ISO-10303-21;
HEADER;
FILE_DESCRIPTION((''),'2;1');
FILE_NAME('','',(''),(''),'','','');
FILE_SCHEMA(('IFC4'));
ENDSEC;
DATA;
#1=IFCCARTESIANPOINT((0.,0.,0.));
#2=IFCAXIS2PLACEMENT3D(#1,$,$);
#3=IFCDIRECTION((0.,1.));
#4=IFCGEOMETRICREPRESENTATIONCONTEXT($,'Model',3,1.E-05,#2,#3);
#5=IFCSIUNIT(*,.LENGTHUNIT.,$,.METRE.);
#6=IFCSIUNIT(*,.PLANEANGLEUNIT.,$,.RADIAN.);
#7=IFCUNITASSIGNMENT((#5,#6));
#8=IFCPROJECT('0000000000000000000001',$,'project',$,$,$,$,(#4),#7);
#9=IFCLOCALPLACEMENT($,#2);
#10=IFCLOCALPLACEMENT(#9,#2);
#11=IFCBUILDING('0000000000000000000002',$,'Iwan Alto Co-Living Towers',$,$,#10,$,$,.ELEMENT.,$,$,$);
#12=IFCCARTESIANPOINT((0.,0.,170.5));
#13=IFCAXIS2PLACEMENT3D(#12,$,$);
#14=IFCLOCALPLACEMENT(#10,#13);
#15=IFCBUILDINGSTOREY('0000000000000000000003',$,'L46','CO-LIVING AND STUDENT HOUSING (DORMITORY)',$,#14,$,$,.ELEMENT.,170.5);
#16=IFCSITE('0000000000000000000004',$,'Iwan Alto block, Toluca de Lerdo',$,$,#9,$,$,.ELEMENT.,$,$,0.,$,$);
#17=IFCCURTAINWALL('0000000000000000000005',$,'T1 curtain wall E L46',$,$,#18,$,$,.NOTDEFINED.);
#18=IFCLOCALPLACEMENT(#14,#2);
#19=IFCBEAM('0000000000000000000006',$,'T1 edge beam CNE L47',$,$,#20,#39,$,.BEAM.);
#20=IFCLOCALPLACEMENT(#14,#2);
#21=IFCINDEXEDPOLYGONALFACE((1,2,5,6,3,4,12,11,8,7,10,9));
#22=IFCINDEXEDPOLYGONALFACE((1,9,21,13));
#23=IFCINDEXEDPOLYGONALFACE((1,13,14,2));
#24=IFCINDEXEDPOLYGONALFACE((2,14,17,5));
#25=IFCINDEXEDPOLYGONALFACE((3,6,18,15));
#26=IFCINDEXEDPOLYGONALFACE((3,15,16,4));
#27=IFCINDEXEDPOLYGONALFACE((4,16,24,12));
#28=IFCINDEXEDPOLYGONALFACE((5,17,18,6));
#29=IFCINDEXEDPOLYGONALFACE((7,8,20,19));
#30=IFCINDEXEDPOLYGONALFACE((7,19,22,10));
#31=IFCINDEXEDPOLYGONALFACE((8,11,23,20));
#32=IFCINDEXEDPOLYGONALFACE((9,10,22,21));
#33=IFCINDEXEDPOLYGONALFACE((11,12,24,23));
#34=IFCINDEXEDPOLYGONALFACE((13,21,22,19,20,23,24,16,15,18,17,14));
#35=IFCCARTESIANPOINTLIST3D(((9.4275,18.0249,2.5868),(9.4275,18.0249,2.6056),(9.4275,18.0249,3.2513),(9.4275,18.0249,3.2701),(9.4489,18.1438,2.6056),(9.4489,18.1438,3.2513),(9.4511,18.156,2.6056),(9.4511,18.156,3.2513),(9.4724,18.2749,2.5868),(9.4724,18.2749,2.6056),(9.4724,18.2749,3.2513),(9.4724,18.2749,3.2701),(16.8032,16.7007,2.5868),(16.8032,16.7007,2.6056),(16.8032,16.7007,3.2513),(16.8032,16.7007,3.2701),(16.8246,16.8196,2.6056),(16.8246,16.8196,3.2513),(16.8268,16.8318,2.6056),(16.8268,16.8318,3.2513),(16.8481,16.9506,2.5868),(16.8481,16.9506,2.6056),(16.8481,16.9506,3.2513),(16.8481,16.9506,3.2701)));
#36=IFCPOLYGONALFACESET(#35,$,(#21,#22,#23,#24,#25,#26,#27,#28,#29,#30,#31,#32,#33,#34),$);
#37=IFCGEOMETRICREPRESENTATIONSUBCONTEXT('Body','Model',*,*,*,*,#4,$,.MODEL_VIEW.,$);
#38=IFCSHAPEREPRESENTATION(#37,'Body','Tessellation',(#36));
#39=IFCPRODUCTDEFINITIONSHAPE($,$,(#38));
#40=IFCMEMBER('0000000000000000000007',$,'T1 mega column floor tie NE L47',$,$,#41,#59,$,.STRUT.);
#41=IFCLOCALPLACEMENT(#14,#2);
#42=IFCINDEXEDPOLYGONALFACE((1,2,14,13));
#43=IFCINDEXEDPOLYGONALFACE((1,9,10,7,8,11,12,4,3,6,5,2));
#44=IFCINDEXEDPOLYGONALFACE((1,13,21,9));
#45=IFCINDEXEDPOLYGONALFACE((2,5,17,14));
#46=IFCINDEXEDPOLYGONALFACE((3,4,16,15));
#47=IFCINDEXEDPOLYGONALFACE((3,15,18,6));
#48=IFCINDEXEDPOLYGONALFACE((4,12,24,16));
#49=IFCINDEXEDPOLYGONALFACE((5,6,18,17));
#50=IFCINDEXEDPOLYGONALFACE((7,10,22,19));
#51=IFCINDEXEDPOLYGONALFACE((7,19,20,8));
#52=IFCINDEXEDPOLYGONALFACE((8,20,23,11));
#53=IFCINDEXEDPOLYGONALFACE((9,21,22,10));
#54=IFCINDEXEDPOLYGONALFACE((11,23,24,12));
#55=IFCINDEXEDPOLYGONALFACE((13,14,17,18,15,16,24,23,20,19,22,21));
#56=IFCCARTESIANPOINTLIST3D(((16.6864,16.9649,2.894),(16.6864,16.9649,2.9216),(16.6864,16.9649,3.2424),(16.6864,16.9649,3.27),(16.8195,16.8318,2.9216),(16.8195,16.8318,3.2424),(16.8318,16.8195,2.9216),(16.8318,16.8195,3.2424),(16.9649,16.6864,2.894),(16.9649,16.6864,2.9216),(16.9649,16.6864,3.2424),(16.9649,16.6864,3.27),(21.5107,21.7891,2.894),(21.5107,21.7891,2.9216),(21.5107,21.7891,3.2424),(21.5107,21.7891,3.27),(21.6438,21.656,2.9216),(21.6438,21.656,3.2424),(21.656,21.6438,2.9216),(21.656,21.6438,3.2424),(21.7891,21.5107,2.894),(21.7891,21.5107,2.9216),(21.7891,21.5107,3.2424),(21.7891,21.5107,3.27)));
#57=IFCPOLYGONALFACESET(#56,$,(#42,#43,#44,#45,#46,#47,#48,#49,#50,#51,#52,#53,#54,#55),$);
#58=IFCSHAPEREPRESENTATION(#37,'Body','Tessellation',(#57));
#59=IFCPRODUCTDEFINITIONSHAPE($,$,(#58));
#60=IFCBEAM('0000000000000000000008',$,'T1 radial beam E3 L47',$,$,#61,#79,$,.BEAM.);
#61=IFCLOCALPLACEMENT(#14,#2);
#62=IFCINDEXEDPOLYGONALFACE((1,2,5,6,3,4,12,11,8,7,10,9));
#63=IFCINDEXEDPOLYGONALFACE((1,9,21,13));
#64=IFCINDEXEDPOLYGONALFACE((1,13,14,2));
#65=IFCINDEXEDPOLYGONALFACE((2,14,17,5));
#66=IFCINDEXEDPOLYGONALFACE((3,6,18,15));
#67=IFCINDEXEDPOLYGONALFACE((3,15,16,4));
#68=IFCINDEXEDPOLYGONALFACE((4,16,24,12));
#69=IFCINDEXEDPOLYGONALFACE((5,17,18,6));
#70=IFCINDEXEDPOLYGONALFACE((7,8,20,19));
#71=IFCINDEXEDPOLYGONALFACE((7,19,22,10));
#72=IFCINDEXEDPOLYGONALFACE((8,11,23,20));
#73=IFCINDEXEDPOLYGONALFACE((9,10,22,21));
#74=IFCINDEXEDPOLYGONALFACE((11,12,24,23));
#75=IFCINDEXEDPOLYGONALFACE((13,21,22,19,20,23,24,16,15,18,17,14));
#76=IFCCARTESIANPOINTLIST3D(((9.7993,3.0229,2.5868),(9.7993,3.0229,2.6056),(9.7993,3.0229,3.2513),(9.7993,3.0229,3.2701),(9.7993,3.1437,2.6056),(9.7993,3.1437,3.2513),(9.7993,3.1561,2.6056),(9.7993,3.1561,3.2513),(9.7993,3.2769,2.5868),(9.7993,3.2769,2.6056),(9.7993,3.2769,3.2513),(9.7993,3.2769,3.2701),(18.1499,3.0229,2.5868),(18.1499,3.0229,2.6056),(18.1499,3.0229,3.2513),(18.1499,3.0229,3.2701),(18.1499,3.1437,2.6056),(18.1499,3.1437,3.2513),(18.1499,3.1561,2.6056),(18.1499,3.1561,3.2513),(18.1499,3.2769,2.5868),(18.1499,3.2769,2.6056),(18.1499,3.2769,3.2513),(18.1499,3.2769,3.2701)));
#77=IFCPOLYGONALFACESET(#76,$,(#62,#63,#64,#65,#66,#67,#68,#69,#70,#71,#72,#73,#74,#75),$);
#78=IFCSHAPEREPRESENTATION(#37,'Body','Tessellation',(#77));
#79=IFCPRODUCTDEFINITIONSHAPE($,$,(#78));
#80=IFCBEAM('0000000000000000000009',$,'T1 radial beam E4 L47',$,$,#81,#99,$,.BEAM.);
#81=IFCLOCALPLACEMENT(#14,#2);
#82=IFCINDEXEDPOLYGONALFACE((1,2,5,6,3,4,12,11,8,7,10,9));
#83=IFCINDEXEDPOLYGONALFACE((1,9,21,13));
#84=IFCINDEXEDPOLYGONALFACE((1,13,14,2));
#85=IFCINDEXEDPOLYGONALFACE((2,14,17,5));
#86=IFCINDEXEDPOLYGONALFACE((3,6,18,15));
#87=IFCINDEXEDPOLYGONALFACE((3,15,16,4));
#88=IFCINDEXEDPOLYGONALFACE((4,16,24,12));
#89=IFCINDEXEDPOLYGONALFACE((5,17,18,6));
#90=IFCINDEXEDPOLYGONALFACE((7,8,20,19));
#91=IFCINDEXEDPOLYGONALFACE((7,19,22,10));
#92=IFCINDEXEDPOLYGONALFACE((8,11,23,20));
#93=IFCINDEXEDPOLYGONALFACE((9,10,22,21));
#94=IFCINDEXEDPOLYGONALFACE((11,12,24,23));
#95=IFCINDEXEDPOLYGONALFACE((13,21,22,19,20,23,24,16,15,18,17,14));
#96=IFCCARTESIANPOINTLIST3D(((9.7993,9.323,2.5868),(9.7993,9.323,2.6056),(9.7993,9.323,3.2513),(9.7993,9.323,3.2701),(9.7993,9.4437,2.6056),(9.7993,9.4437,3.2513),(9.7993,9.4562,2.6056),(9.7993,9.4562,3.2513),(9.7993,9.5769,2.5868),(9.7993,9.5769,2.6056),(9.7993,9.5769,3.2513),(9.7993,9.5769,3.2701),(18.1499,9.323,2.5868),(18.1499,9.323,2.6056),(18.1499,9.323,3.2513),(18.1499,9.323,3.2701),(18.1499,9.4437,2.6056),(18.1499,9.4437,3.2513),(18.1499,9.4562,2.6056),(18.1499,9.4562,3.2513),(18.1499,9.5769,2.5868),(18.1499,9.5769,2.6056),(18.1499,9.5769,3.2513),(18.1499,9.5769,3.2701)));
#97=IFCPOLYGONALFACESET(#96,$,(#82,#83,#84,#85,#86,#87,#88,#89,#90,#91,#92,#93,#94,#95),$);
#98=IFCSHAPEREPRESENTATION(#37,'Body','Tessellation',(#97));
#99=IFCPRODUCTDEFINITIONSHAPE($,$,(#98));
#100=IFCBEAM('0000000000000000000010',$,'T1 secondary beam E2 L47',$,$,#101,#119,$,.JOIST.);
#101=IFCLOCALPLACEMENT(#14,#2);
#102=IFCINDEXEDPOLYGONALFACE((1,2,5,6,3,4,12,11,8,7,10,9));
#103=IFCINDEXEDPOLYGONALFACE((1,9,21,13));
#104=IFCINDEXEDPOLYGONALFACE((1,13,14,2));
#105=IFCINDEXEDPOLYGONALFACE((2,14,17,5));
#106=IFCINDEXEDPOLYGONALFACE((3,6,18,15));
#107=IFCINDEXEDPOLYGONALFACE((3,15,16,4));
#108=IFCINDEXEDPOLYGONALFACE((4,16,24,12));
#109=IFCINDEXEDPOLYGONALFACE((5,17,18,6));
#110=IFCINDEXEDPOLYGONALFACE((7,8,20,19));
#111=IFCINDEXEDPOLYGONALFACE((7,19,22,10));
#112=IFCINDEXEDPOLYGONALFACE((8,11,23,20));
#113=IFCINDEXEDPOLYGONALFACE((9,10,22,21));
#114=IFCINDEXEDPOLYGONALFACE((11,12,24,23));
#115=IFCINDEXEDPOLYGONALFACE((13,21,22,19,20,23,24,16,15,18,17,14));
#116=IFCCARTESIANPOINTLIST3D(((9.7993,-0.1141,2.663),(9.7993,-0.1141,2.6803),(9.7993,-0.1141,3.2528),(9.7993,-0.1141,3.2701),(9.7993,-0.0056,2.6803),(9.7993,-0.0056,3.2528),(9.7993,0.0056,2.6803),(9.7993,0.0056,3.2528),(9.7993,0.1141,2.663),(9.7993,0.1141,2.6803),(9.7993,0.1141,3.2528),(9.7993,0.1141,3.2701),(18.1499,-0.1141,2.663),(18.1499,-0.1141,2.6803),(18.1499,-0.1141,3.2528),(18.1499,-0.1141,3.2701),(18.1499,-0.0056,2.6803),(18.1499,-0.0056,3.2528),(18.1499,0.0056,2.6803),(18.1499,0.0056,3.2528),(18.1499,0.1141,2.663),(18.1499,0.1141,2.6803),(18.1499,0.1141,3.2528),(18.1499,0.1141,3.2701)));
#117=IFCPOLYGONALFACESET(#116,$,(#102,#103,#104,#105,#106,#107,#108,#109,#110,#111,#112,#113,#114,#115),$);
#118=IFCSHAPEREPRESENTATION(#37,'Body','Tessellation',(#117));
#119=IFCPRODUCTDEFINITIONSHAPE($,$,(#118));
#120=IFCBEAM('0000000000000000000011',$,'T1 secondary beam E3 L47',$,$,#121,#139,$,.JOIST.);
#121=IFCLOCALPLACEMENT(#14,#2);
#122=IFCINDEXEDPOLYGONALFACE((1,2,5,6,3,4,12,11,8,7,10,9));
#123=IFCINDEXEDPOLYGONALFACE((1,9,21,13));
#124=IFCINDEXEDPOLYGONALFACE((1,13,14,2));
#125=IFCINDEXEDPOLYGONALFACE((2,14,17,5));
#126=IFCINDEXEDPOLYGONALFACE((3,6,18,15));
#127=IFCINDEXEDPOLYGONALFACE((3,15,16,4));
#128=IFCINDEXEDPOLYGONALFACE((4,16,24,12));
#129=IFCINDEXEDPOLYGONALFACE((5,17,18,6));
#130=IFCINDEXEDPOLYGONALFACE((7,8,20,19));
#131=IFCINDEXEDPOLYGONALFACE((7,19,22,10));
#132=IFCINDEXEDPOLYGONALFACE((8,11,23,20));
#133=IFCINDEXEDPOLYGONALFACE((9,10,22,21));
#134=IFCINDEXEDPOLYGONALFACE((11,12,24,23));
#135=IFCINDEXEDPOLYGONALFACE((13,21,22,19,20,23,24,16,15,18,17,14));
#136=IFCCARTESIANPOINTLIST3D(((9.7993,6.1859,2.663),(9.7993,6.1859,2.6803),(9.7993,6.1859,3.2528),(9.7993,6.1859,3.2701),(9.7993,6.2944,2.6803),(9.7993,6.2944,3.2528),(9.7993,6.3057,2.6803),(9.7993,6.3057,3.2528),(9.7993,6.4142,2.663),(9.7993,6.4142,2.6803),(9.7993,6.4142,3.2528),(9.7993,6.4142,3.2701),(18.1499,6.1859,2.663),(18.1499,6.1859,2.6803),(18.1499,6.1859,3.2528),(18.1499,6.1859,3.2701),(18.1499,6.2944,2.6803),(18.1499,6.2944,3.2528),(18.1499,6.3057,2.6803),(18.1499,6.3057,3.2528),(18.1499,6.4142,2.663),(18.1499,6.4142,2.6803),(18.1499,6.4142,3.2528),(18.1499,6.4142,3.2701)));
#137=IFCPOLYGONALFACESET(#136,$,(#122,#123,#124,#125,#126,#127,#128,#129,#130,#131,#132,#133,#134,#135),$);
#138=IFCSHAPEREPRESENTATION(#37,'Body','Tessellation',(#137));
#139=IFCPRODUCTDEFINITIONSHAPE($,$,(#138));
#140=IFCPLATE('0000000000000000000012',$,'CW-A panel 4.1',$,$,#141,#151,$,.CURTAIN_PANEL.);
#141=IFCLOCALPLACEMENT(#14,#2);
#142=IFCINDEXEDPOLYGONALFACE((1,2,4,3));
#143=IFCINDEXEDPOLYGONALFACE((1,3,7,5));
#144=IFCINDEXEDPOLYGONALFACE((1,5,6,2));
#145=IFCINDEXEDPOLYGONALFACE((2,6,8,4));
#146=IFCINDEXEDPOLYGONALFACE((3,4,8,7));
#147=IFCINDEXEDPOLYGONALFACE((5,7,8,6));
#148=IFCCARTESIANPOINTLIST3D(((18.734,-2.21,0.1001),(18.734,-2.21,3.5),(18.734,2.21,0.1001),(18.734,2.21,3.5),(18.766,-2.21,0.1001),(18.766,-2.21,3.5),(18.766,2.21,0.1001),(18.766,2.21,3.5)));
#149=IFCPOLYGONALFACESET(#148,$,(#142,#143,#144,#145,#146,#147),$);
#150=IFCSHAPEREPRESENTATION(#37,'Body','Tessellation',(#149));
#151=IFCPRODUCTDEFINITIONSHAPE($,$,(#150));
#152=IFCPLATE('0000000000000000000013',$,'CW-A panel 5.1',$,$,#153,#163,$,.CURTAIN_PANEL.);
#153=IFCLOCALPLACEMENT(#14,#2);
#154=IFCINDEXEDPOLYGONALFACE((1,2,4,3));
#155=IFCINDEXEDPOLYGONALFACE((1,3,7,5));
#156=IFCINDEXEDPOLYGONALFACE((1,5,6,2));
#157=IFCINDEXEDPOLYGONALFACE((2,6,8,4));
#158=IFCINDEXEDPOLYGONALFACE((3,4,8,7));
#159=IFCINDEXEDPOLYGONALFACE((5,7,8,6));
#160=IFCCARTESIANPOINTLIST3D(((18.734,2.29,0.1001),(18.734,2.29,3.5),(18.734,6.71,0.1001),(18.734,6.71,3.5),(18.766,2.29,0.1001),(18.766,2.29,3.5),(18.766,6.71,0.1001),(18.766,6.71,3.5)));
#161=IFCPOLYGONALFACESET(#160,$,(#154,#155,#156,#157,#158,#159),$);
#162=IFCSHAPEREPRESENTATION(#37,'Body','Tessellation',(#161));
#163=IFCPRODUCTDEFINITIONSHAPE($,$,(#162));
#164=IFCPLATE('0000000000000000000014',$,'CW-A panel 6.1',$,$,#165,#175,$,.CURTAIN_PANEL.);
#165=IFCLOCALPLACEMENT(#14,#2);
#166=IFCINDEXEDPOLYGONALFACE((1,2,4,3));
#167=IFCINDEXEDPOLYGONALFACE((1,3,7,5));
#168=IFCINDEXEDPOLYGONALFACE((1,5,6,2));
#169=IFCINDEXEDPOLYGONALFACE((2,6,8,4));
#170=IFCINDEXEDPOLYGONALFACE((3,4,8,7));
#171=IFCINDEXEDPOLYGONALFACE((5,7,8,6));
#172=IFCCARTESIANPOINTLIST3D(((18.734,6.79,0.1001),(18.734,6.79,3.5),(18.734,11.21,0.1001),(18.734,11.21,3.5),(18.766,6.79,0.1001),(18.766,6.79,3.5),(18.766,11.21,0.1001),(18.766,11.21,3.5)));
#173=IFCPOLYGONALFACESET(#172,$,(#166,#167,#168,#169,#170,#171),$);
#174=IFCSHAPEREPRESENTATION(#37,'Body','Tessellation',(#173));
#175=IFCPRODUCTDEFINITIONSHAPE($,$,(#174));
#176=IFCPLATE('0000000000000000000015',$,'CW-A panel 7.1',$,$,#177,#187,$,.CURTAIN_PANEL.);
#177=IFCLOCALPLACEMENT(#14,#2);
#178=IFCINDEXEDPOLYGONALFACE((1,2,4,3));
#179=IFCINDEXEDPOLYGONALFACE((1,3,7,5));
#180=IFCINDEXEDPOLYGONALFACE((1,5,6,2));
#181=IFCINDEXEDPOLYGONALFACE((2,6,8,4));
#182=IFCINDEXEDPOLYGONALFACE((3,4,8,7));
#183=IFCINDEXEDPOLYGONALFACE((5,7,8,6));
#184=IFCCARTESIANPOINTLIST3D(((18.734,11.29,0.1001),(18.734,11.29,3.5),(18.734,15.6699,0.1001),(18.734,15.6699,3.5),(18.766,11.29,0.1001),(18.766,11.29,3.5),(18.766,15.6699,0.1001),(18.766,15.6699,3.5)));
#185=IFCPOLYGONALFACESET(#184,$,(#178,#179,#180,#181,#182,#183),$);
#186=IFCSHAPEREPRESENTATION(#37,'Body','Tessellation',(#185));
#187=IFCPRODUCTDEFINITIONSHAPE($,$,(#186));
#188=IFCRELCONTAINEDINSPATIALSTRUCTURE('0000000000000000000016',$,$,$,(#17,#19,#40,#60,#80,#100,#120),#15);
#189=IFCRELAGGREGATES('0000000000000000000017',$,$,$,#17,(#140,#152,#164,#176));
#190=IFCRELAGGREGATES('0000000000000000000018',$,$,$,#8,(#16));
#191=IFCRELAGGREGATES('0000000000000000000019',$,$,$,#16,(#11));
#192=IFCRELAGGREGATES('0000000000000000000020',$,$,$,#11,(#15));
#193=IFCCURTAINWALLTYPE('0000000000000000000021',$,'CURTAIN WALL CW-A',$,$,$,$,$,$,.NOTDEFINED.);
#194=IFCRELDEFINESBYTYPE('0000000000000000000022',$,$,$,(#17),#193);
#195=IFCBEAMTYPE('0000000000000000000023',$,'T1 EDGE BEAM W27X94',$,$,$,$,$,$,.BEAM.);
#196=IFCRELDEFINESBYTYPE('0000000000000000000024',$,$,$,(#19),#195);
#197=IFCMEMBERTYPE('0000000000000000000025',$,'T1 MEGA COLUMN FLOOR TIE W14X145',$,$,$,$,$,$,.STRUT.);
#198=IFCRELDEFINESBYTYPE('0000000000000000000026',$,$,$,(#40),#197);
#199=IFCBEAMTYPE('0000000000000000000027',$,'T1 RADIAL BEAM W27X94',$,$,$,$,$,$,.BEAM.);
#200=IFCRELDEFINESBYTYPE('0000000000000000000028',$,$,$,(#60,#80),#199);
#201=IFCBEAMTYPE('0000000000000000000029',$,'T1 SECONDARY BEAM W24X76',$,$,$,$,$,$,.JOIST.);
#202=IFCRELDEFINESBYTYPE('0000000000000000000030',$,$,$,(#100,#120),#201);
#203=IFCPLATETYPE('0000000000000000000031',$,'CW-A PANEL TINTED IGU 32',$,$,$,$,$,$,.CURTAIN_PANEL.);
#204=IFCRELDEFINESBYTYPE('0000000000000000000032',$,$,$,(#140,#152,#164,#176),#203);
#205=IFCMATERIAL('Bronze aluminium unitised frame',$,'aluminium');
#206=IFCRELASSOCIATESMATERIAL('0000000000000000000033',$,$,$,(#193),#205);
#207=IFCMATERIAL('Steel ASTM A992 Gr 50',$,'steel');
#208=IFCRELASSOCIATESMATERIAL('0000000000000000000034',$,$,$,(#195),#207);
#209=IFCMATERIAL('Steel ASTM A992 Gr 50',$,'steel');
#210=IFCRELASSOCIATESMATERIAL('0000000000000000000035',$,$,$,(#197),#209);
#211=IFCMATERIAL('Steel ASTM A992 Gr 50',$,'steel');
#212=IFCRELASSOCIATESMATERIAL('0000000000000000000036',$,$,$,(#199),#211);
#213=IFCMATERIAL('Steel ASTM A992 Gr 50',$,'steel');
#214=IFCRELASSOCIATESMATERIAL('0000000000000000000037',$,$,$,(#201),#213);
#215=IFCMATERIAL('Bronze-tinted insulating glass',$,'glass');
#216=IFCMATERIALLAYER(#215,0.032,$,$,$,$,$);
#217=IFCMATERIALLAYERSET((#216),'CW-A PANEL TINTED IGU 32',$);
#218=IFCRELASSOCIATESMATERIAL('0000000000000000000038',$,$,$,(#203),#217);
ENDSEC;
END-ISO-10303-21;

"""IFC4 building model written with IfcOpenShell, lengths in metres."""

from ifc_helpers import new_model, si_unit, direction, frame, origin, origin_2d, place, context, subcontext, project, spatial, rectangle, i_section, extrude, material, layer, layer_set, material_profile, profile_set, type_object, element, aggregate, save


model = new_model("IFC4")

# Units and contexts
model_context = context("Model", 3, precision=1e-05, world=origin(), true_north=direction((0.0, 1.0)))
body_context = subcontext(model_context, "Body", "Model", "MODEL_VIEW")
ifc_project = project(units=[si_unit("LENGTHUNIT", "METRE"), si_unit("PLANEANGLEUNIT", "RADIAN")], contexts=[model_context])

# Site, building, storey
site_placement = place(None, origin())
site = spatial("IfcSite", under=ifc_project, at=site_placement, Name="Iwan Alto block, Toluca de Lerdo", CompositionType="ELEMENT", RefElevation=0.0)
building_placement = place(site_placement, origin())
building = spatial("IfcBuilding", under=site, at=building_placement, Name="Iwan Alto Co-Living Towers", CompositionType="ELEMENT")
storey_placement = place(building_placement, frame((0.0, 0.0, 170.5)))
storey = spatial("IfcBuildingStorey", under=building, at=storey_placement, Name="L46", Description="CO-LIVING AND STUDENT HOUSING (DORMITORY)", CompositionType="ELEMENT", Elevation=170.5)

# Curtain wall
ifc_material_1 = material(Name="Bronze aluminium unitised frame", Category="aluminium")
curtain_wall_type_1 = type_object("IfcCurtainWallType", Name="CURTAIN WALL CW-A", PredefinedType="NOTDEFINED", material=ifc_material_1)
curtain_wall_1_placement = place(storey_placement, origin())
curtain_wall_1 = element("IfcCurtainWall", 1, at=curtain_wall_1_placement, inside=storey, type_object=curtain_wall_type_1, Name="T1 curtain wall E L46", PredefinedType="NOTDEFINED")

# Beam
ifc_material_2 = material(Name="Steel ASTM A992 Gr 50", Category="steel")
ifc_material_profile_1 = material_profile(ifc_material_2, i_section(OverallWidth=0.2539, OverallDepth=0.6833, WebThickness=0.0125, FlangeThickness=0.0188, at=origin_2d()), Name="W27X94")
ifc_profile_set_1 = profile_set([ifc_material_profile_1], Name="Steel ASTM A992 Gr 50")
beam_type_1 = type_object("IfcBeamType", Name="T1 EDGE BEAM W27X94", PredefinedType="BEAM", material=ifc_profile_set_1)
for number, where, z_axis, x_axis, name in (
    (2, (16.8257, 16.8257, 2.9285), (-0.984263, 0.176712, 0.0), (-0.176712, -0.984263, 0.0), "T1 edge beam CNE L47"),
):
    element("IfcBeam", number, at=place(storey_placement, frame(where, z_axis=z_axis, x_axis=x_axis)), inside=storey, type_object=beam_type_1, Name=name, PredefinedType="BEAM", context=body_context, shape_type="SweptSolid", body=[
        extrude(i_section(OverallWidth=0.2539, OverallDepth=0.6833, WebThickness=0.0125, FlangeThickness=0.0188, at=origin_2d()), origin(), (0.0, 0.0, 1.0), 7.4937),
    ])

# Member
ifc_material_3 = material(Name="Steel ASTM A992 Gr 50", Category="steel")
ifc_material_profile_2 = material_profile(ifc_material_3, i_section(OverallWidth=0.3938, OverallDepth=0.376, WebThickness=0.0173, FlangeThickness=0.0276, at=origin_2d()), Name="W14X145")
ifc_profile_set_2 = profile_set([ifc_material_profile_2], Name="Steel ASTM A992 Gr 50")
member_type_1 = type_object("IfcMemberType", Name="T1 MEGA COLUMN FLOOR TIE W14X145", PredefinedType="STRUT", material=ifc_profile_set_2)
member_1_placement = place(storey_placement, frame((21.6499, 21.6499, 3.082), z_axis=(-0.707107, -0.707107, 0.0), x_axis=(0.707107, -0.707107, 0.0)))
element("IfcMember", 3, at=member_1_placement, inside=storey, type_object=member_type_1, Name="T1 mega column floor tie NE L47", PredefinedType="STRUT", context=body_context, shape_type="SweptSolid", body=[
    extrude(i_section(OverallWidth=0.3938, OverallDepth=0.376, WebThickness=0.0173, FlangeThickness=0.0276, at=origin_2d()), origin(), (0.0, 0.0, 1.0), 6.8225),
])

# Beams
ifc_material_4 = material(Name="Steel ASTM A992 Gr 50", Category="steel")
ifc_material_profile_3 = material_profile(ifc_material_4, i_section(OverallWidth=0.2539, OverallDepth=0.6833, WebThickness=0.0125, FlangeThickness=0.0188, at=origin_2d()), Name="W27X94")
ifc_profile_set_3 = profile_set([ifc_material_profile_3], Name="Steel ASTM A992 Gr 50")
beam_type_2 = type_object("IfcBeamType", Name="T1 RADIAL BEAM W27X94", PredefinedType="BEAM", material=ifc_profile_set_3)
for number, where, z_axis, x_axis, name in (
    (4, (18.1499, 3.1499, 2.9285), (-1.0, 0.0, 0.0), (0.0, -1.0, 0.0), "T1 radial beam E3 L47"),
    (5, (18.1499, 9.45, 2.9285), (-1.0, 0.0, 0.0), (0.0, -1.0, 0.0), "T1 radial beam E4 L47"),
):
    element("IfcBeam", number, at=place(storey_placement, frame(where, z_axis=z_axis, x_axis=x_axis)), inside=storey, type_object=beam_type_2, Name=name, PredefinedType="BEAM", context=body_context, shape_type="SweptSolid", body=[
        extrude(i_section(OverallWidth=0.2539, OverallDepth=0.6833, WebThickness=0.0125, FlangeThickness=0.0188, at=origin_2d()), origin(), (0.0, 0.0, 1.0), 8.3506),
    ])
ifc_material_5 = material(Name="Steel ASTM A992 Gr 50", Category="steel")
ifc_material_profile_4 = material_profile(ifc_material_5, i_section(OverallWidth=0.2283, OverallDepth=0.6072, WebThickness=0.0112, FlangeThickness=0.0173, at=origin_2d()), Name="W24X76")
ifc_profile_set_4 = profile_set([ifc_material_profile_4], Name="Steel ASTM A992 Gr 50")
beam_type_3 = type_object("IfcBeamType", Name="T1 SECONDARY BEAM W24X76", PredefinedType="JOIST", material=ifc_profile_set_4)
for number, where, z_axis, x_axis, name in (
    (6, (18.1499, 0.0, 2.9666), (-1.0, 0.0, 0.0), (0.0, -1.0, 0.0), "T1 secondary beam E2 L47"),
    (7, (18.1499, 6.3, 2.9666), (-1.0, 0.0, 0.0), (0.0, -1.0, 0.0), "T1 secondary beam E3 L47"),
):
    element("IfcBeam", number, at=place(storey_placement, frame(where, z_axis=z_axis, x_axis=x_axis)), inside=storey, type_object=beam_type_3, Name=name, PredefinedType="JOIST", context=body_context, shape_type="SweptSolid", body=[
        extrude(i_section(OverallWidth=0.2283, OverallDepth=0.6072, WebThickness=0.0112, FlangeThickness=0.0173, at=origin_2d()), origin(), (0.0, 0.0, 1.0), 8.3506),
    ])

# Plates
ifc_material_6 = material(Name="Bronze-tinted insulating glass", Category="glass")
ifc_layer_1 = layer(ifc_material_6, 0.032)
ifc_layer_set_1 = layer_set([ifc_layer_1], Name="CW-A PANEL TINTED IGU 32")
plate_type_1 = type_object("IfcPlateType", Name="CW-A PANEL TINTED IGU 32", PredefinedType="CURTAIN_PANEL", material=ifc_layer_set_1)
plate_1_placement = place(storey_placement, frame((18.75, 0.0, 0.1001), z_axis=(0.0, 0.0, 1.0), x_axis=(0.0, 1.0, 0.0)))
plate_1 = element("IfcPlate", 8, at=plate_1_placement, type_object=plate_type_1, Name="CW-A panel 4.1", PredefinedType="CURTAIN_PANEL", context=body_context, shape_type="SweptSolid", body=[
    extrude(rectangle(XDim=4.4199, YDim=0.032, at=origin_2d()), origin(), (0.0, 0.0, 1.0), 3.3999),
])
plate_2_placement = place(storey_placement, frame((18.75, 4.5, 0.1001), z_axis=(0.0, 0.0, 1.0), x_axis=(0.0, 1.0, 0.0)))
plate_2 = element("IfcPlate", 9, at=plate_2_placement, type_object=plate_type_1, Name="CW-A panel 5.1", PredefinedType="CURTAIN_PANEL", context=body_context, shape_type="SweptSolid", body=[
    extrude(rectangle(XDim=4.4199, YDim=0.032, at=origin_2d()), origin(), (0.0, 0.0, 1.0), 3.3999),
])
plate_3_placement = place(storey_placement, frame((18.75, 9.0, 0.1001), z_axis=(0.0, 0.0, 1.0), x_axis=(0.0, 1.0, 0.0)))
plate_3 = element("IfcPlate", 10, at=plate_3_placement, type_object=plate_type_1, Name="CW-A panel 6.1", PredefinedType="CURTAIN_PANEL", context=body_context, shape_type="SweptSolid", body=[
    extrude(rectangle(XDim=4.4199, YDim=0.032, at=origin_2d()), origin(), (0.0, 0.0, 1.0), 3.3999),
])
plate_4_placement = place(storey_placement, frame((18.75, 13.48, 0.1001), z_axis=(0.0, 0.0, 1.0), x_axis=(0.0, 1.0, 0.0)))
plate_4 = element("IfcPlate", 11, at=plate_4_placement, type_object=plate_type_1, Name="CW-A panel 7.1", PredefinedType="CURTAIN_PANEL", context=body_context, shape_type="SweptSolid", body=[
    extrude(rectangle(XDim=4.3799, YDim=0.032, at=origin_2d()), origin(), (0.0, 0.0, 1.0), 3.3999),
])
aggregate(curtain_wall_1, [plate_1, plate_2, plate_3, plate_4])

save(model, "model.ifc")
